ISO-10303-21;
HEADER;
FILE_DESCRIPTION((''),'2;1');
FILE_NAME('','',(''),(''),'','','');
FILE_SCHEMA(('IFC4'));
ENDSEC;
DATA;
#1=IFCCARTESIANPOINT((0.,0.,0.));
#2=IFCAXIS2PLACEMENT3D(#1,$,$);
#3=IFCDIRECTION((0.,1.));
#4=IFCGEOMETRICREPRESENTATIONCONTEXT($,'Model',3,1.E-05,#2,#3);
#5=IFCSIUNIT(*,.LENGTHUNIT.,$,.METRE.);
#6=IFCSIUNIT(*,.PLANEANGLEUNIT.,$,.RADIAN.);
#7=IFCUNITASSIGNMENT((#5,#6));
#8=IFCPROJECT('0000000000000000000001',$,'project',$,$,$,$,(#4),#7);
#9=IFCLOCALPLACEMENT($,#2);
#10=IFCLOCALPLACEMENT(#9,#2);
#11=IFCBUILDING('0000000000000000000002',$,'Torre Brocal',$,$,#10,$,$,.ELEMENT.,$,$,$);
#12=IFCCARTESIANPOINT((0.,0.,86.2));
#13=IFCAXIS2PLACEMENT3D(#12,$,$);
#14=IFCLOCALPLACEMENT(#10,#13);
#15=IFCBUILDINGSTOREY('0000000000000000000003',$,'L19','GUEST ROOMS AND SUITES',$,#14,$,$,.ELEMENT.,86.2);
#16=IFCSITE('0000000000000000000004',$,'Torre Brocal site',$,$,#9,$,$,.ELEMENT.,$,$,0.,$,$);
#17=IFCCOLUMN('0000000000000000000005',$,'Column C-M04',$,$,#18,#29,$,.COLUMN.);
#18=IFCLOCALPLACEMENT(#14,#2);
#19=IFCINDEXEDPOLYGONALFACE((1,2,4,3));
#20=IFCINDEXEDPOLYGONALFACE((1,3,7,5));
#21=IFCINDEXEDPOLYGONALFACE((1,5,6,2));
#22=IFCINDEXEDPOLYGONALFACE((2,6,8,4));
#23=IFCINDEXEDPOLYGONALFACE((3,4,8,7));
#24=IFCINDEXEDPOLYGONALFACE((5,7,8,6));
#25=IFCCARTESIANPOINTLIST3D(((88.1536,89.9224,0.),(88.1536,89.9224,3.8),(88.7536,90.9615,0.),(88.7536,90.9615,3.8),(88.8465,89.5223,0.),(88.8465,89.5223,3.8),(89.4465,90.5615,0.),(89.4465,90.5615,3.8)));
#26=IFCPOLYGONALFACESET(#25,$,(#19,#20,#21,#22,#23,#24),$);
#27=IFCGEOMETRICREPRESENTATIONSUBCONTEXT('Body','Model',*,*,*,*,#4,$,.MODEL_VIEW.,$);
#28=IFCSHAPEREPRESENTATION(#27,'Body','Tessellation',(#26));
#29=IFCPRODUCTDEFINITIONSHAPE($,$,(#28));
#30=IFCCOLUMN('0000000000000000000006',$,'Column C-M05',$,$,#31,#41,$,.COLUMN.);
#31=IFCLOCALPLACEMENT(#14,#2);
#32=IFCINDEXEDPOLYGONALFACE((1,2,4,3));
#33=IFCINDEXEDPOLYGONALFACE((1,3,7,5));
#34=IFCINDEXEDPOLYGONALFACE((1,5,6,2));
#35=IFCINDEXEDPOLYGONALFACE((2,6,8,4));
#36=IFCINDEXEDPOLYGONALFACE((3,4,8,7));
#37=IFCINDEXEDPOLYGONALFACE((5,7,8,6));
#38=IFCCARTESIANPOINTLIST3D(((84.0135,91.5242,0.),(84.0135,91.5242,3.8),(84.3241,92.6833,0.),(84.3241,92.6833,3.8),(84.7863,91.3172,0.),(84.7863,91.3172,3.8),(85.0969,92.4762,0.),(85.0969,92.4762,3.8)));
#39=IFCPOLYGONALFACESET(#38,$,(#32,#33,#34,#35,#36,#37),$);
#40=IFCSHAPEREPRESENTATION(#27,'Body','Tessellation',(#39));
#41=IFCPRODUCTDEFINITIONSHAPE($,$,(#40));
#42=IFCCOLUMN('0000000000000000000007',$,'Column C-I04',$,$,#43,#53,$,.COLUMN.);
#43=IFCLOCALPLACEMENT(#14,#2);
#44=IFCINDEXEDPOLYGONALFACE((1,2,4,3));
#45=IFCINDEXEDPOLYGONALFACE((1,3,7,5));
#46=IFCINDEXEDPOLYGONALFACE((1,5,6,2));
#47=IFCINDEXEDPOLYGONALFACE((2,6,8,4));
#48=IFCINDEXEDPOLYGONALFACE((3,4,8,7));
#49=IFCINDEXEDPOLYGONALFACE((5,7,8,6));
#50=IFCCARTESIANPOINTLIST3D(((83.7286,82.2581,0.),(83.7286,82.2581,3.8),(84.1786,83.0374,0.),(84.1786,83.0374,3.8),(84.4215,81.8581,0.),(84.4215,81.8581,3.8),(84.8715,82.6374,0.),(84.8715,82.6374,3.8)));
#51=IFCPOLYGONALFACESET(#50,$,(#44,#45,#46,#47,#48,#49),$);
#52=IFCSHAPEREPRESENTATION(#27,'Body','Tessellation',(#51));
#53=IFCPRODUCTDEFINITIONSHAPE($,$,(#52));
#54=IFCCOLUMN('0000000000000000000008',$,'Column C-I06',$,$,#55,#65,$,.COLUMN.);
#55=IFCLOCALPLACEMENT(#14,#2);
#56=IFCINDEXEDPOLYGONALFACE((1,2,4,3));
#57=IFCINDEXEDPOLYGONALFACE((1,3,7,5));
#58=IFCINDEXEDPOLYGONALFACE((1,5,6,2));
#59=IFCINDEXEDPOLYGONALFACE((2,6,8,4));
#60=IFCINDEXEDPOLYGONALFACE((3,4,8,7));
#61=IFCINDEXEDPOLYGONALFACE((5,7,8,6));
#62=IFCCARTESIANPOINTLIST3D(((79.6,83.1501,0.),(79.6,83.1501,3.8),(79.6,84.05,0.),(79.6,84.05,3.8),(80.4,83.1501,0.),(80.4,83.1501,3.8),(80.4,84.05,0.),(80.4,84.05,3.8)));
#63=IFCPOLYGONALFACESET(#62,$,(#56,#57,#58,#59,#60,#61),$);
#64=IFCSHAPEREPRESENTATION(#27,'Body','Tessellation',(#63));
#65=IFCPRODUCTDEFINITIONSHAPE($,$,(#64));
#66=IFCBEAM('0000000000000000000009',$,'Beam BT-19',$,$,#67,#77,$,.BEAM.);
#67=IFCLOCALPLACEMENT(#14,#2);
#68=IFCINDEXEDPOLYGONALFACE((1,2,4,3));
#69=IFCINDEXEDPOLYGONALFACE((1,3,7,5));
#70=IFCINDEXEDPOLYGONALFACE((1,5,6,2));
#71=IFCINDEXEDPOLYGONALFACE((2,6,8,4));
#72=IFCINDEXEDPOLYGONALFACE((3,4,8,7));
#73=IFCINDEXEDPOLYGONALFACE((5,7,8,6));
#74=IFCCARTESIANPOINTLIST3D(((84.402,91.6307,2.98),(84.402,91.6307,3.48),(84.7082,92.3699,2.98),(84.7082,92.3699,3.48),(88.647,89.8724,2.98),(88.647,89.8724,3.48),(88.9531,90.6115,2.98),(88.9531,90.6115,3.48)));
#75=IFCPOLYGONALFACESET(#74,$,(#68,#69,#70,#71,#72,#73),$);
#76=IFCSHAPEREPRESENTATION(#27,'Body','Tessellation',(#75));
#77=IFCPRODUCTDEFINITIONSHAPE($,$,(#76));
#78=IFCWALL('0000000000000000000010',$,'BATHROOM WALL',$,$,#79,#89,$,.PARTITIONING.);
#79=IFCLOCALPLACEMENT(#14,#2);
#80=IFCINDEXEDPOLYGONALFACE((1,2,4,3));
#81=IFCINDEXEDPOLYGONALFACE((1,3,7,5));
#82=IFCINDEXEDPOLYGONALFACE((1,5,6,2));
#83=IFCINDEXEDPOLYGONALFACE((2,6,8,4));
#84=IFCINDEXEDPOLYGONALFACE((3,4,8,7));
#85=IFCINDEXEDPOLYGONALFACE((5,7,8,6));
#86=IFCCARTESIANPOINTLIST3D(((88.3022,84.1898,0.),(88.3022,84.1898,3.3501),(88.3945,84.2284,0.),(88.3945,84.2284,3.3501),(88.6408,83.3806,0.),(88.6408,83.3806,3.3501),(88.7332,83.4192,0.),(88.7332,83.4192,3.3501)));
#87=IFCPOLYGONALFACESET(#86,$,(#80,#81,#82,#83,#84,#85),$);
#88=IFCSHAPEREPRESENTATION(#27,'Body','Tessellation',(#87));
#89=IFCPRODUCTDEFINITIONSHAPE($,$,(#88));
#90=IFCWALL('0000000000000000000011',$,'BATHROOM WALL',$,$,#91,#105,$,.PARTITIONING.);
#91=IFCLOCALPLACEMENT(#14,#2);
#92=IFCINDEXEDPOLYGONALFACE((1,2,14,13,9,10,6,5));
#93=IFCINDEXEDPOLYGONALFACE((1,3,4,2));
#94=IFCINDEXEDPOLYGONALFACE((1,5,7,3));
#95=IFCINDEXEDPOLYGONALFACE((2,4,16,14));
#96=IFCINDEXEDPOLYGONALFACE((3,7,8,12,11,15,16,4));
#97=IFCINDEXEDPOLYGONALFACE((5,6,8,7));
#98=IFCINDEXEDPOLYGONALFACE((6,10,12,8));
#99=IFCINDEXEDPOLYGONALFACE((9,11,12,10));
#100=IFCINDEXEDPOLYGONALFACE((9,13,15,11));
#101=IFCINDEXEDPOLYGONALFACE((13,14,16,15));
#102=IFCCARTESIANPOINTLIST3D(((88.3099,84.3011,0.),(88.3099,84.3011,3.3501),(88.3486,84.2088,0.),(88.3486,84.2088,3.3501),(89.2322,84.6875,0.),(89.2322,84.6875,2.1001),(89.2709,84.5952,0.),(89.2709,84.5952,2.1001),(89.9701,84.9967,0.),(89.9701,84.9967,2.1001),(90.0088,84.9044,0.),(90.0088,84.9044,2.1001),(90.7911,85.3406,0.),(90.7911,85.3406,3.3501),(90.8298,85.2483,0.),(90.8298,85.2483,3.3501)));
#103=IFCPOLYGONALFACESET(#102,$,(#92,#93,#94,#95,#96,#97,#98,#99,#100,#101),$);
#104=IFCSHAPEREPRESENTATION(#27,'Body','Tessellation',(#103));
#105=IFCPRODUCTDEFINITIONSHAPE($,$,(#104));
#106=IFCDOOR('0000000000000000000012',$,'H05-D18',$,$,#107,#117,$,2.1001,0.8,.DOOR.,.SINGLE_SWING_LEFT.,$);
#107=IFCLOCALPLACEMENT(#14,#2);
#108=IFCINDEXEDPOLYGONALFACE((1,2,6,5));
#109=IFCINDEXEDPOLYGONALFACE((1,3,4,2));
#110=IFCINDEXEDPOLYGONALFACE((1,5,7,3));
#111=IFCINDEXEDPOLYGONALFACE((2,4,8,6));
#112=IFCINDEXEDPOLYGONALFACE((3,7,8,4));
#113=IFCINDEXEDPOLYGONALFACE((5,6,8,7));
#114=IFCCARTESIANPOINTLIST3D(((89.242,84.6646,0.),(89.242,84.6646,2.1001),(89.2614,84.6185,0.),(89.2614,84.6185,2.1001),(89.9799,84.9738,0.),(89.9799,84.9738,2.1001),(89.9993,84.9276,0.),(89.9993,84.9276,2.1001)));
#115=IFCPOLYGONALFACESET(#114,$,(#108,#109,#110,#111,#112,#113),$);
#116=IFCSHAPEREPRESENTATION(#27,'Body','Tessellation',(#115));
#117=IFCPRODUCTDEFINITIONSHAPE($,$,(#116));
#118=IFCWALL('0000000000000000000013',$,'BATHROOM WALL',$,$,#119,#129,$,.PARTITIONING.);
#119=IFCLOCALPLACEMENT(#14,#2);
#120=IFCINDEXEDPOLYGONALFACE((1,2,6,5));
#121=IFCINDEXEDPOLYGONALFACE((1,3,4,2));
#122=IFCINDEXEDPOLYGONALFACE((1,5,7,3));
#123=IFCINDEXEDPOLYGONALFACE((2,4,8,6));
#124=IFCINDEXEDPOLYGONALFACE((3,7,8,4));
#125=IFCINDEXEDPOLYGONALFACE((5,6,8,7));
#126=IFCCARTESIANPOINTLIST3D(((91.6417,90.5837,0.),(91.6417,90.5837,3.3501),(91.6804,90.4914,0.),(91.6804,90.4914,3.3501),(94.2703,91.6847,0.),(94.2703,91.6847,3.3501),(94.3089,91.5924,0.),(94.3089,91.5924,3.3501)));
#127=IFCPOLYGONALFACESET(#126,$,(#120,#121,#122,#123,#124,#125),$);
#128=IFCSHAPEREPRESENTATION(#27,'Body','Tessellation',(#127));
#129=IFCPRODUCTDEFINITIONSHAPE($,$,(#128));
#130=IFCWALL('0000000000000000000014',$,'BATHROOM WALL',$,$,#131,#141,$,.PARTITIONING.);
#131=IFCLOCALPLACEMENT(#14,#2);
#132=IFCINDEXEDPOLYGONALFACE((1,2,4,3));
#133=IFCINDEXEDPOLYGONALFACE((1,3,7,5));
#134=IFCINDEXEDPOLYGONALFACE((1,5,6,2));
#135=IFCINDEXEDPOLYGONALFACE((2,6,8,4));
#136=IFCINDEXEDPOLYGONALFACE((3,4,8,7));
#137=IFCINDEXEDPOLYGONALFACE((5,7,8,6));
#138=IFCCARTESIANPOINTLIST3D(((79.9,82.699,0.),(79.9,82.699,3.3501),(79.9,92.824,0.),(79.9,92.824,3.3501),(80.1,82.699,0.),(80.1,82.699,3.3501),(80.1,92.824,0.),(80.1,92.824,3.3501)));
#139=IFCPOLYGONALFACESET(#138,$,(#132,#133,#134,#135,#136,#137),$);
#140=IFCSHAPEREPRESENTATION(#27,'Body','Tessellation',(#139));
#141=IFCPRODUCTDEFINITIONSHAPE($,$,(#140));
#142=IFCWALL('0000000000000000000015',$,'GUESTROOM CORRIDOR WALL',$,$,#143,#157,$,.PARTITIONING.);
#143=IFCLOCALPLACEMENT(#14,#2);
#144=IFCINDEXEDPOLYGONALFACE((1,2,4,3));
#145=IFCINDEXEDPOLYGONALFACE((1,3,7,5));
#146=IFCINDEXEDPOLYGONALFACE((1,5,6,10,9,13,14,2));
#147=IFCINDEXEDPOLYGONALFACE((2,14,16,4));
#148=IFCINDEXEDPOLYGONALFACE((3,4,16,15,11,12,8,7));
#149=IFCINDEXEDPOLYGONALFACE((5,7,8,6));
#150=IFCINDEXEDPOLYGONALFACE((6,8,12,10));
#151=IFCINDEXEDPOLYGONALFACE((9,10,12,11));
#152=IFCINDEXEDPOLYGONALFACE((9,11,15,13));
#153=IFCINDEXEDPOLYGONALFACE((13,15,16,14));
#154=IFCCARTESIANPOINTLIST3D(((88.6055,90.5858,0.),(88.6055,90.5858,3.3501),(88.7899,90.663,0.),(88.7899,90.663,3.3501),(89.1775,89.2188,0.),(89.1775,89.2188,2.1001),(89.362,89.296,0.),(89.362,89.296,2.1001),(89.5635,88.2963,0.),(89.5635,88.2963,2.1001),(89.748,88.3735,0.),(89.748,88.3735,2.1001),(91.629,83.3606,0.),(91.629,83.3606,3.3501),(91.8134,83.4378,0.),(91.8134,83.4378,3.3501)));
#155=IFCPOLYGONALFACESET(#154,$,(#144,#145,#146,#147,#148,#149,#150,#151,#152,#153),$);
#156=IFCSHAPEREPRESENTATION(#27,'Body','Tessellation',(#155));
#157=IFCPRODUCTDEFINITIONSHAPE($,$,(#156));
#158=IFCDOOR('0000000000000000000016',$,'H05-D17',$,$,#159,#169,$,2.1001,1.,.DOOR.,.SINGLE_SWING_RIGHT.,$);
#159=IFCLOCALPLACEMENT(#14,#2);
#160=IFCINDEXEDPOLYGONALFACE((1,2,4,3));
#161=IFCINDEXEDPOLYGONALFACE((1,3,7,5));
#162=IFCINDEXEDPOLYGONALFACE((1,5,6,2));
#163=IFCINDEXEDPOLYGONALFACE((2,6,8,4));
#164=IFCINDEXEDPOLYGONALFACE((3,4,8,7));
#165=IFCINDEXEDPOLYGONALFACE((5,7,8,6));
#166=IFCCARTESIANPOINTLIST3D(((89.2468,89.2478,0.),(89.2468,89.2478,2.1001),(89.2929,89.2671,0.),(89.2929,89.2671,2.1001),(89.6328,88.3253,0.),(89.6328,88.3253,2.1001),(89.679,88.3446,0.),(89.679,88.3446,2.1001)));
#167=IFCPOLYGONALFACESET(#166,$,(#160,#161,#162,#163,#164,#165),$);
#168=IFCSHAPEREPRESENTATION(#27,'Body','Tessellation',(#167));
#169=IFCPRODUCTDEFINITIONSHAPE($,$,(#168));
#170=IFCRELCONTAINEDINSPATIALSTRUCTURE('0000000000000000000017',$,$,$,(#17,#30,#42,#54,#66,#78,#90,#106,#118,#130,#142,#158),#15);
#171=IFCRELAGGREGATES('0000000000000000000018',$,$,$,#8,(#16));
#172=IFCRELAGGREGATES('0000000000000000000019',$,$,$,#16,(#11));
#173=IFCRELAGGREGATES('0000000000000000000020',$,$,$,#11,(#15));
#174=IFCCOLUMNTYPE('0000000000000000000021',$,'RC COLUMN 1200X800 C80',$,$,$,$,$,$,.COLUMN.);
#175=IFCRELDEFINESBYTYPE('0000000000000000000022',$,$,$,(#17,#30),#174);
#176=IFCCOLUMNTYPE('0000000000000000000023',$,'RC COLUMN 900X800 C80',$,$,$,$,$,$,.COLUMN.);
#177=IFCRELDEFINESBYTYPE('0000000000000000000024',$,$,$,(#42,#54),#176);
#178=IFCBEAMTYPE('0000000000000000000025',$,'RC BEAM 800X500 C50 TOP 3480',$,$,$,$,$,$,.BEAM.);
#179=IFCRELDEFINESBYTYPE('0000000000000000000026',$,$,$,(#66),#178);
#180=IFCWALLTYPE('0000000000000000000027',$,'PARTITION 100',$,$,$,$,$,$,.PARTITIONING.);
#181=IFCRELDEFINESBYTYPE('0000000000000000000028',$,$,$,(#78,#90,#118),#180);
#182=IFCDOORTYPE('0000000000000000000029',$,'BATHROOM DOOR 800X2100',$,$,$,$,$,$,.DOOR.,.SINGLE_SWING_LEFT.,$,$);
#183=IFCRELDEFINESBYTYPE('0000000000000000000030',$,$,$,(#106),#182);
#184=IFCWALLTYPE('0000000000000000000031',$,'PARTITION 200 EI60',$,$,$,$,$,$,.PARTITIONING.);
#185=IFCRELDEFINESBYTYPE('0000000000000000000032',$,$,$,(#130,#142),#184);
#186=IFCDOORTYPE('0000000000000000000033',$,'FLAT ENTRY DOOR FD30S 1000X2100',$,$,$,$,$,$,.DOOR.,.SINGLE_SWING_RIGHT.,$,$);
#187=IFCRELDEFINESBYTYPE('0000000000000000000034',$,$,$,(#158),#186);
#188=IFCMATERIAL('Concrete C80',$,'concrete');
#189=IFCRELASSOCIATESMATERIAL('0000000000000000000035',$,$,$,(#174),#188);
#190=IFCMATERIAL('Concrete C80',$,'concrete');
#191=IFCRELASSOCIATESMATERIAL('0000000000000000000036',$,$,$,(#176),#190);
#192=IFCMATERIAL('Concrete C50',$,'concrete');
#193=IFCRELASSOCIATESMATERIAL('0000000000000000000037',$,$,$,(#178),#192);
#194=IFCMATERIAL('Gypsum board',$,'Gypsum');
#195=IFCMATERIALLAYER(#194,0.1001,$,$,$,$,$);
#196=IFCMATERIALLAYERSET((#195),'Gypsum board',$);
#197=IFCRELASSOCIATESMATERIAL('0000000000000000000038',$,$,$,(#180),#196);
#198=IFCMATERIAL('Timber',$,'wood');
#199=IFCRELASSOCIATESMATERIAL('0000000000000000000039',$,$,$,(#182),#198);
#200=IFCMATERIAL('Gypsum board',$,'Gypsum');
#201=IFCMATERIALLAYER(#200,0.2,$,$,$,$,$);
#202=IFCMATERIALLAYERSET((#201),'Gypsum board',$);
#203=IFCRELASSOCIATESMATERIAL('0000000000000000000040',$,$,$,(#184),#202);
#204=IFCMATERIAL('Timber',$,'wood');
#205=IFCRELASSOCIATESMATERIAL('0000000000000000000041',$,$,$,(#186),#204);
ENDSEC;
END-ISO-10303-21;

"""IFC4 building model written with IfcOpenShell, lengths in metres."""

from ifc_helpers import new_model, si_unit, direction, frame, frame_2d, origin, origin_2d, place, context, subcontext, project, spatial, rectangle, extrude, material, layer, layer_set, material_profile, profile_set, type_object, element, fill, save


model = new_model("IFC4")

# Units and contexts
model_context = context("Model", 3, precision=1e-05, world=origin(), true_north=direction((0.0, 1.0)))
body_context = subcontext(model_context, "Body", "Model", "MODEL_VIEW")
ifc_project = project(units=[si_unit("LENGTHUNIT", "METRE"), si_unit("PLANEANGLEUNIT", "RADIAN")], contexts=[model_context])

# Site, building, storey
site_placement = place(None, origin())
site = spatial("IfcSite", under=ifc_project, at=site_placement, Name="Torre Brocal site", CompositionType="ELEMENT", RefElevation=0.0)
building_placement = place(site_placement, origin())
building = spatial("IfcBuilding", under=site, at=building_placement, Name="Torre Brocal", CompositionType="ELEMENT")
storey_placement = place(building_placement, frame((0.0, 0.0, 86.2)))
storey = spatial("IfcBuildingStorey", under=building, at=storey_placement, Name="L19", Description="GUEST ROOMS AND SUITES", CompositionType="ELEMENT", Elevation=86.2)

# Columns
ifc_material_1 = material(Name="Concrete C80", Category="concrete")
ifc_material_profile_1 = material_profile(ifc_material_1, rectangle(XDim=1.2, YDim=0.8, at=origin_2d()), Name="RC 1200X800")
ifc_profile_set_1 = profile_set([ifc_material_profile_1], Name="Concrete C80")
column_type_1 = type_object("IfcColumnType", Name="RC COLUMN 1200X800 C80", PredefinedType="COLUMN", material=ifc_profile_set_1)
for number, where, z_axis, x_axis, name in (
    (1, (88.8, 90.2419, 0.0), (0.0, 0.0, 1.0), (0.5, 0.866025, 0.0), "Column C-M04"),
    (2, (84.5552, 92.0002, 0.0), (0.0, 0.0, 1.0), (0.258819, 0.965926, 0.0), "Column C-M05"),
):
    element("IfcColumn", number, at=place(storey_placement, frame(where, z_axis=z_axis, x_axis=x_axis)), inside=storey, type_object=column_type_1, Name=name, PredefinedType="COLUMN", context=body_context, shape_type="SweptSolid", body=[
        extrude(rectangle(XDim=1.2, YDim=0.8, at=origin_2d()), origin(), (0.0, 0.0, 1.0), 3.8),
    ])
ifc_material_2 = material(Name="Concrete C80", Category="concrete")
ifc_material_profile_2 = material_profile(ifc_material_2, rectangle(XDim=0.8999, YDim=0.8, at=origin_2d()), Name="RC 900X800")
ifc_profile_set_2 = profile_set([ifc_material_profile_2], Name="Concrete C80")
column_type_2 = type_object("IfcColumnType", Name="RC COLUMN 900X800 C80", PredefinedType="COLUMN", material=ifc_profile_set_2)
for number, where, z_axis, x_axis, name in (
    (3, (84.3, 82.4478, 0.0), (0.0, 0.0, 1.0), (0.5, 0.866025, 0.0), "Column C-I04"),
    (4, (80.0, 83.6001, 0.0), (0.0, 0.0, 1.0), (0.0, 1.0, 0.0), "Column C-I06"),
):
    element("IfcColumn", number, at=place(storey_placement, frame(where, z_axis=z_axis, x_axis=x_axis)), inside=storey, type_object=column_type_2, Name=name, PredefinedType="COLUMN", context=body_context, shape_type="SweptSolid", body=[
        extrude(rectangle(XDim=0.8999, YDim=0.8, at=origin_2d()), origin(), (0.0, 0.0, 1.0), 3.8),
    ])

# Beam
ifc_material_3 = material(Name="Concrete C50", Category="concrete")
ifc_material_profile_3 = material_profile(ifc_material_3, rectangle(XDim=0.8, YDim=0.5, at=origin_2d()), Name="RC 800X500")
ifc_profile_set_3 = profile_set([ifc_material_profile_3], Name="Concrete C50")
beam_type = type_object("IfcBeamType", Name="RC BEAM 800X500 C50 TOP 3480", PredefinedType="BEAM", material=ifc_profile_set_3)
beam_placement = place(storey_placement, frame((88.8, 90.2419, 3.23), z_axis=(-0.923878, 0.382687, 0.0), x_axis=(-0.382687, -0.923878, 0.0)))
element("IfcBeam", 5, at=beam_placement, inside=storey, type_object=beam_type, Name="Beam BT-19", PredefinedType="BEAM", context=body_context, shape_type="SweptSolid", body=[
    extrude(rectangle(XDim=0.8, YDim=0.5, at=origin_2d()), origin(), (0.0, 0.0, 1.0), 4.5947),
])

# Wall
ifc_material_4 = material(Name="Gypsum board", Category="Gypsum")
ifc_layer_1 = layer(ifc_material_4, 0.1001)
ifc_layer_set_1 = layer_set([ifc_layer_1], Name="Gypsum board")
wall_type_1 = type_object("IfcWallType", Name="PARTITION 100", PredefinedType="PARTITIONING", material=ifc_layer_set_1)
wall_1_placement = place(storey_placement, frame((88.3484, 84.209, 0.0), z_axis=(0.0, 0.0, 1.0), x_axis=(0.386077, -0.922466, 0.0)))
element("IfcWall", 6, at=wall_1_placement, inside=storey, type_object=wall_type_1, Name="BATHROOM WALL", PredefinedType="PARTITIONING", context=body_context, shape_type="SweptSolid", body=[
    extrude(rectangle(XDim=0.8772, YDim=0.1001, at=frame_2d((0.4385, 0.0))), origin(), (0.0, 0.0, 1.0), 3.3501),
])

# Wall, opening, door
wall_2_placement = place(storey_placement, frame((88.3291, 84.2549, 0.0), z_axis=(0.0, 0.0, 1.0), x_axis=(0.922321, 0.386425, 0.0)))
wall_2 = element("IfcWall", 7, at=wall_2_placement, inside=storey, type_object=wall_type_1, Name="BATHROOM WALL", PredefinedType="PARTITIONING", context=body_context, shape_type="SweptSolid", body=[
    extrude(rectangle(XDim=2.6902, YDim=0.1001, at=frame_2d((1.3452, 0.0))), origin(), (0.0, 0.0, 1.0), 3.3501),
])
opening_1_placement = place(wall_2_placement, frame((1.0002, 0.0, 0.0)))
opening_1 = element("IfcOpeningElement", 8, at=opening_1_placement, cuts=wall_2, PredefinedType="OPENING", context=body_context, shape_type="SweptSolid", body=[
    extrude(rectangle(XDim=0.8, YDim=2.1001, at=frame_2d((0.3999, 1.05))), frame((0.0, 0.0601, 0.0), z_axis=(0.0, -1.0, 0.0), x_axis=(1.0, 0.0, 0.0)), (0.0, 0.0, 1.0), 0.1201),
])
ifc_material_5 = material(Name="Timber", Category="wood")
door_type_1 = type_object("IfcDoorType", Name="BATHROOM DOOR 800X2100", OperationType="SINGLE_SWING_LEFT", PredefinedType="DOOR", material=ifc_material_5)
door_1_placement = place(opening_1_placement, frame((0.8, 0.0, 0.0), z_axis=(0.0, 0.0, 1.0), x_axis=(-1.0, 0.0, 0.0)))
door_1 = element("IfcDoor", 9, at=door_1_placement, inside=storey, type_object=door_type_1, Name="H05-D18", OperationType="SINGLE_SWING_LEFT", OverallHeight=2.1001, OverallWidth=0.8, PredefinedType="DOOR", context=body_context, shape_type="SweptSolid", body=[
    extrude(rectangle(XDim=0.8, YDim=2.1001, at=frame_2d((0.3999, 1.05))), frame((0.0, 0.0249, 0.0), z_axis=(0.0, -1.0, 0.0), x_axis=(1.0, 0.0, 0.0)), (0.0, 0.0, 1.0), 0.05),
])
fill(opening_1, door_1)

# Walls
wall_3_placement = place(storey_placement, frame((91.6611, 90.5376, 0.0), z_axis=(0.0, 0.0, 1.0), x_axis=(0.922353, 0.386348, 0.0)))
element("IfcWall", 10, at=wall_3_placement, inside=storey, type_object=wall_type_1, Name="BATHROOM WALL", PredefinedType="PARTITIONING", context=body_context, shape_type="SweptSolid", body=[
    extrude(rectangle(XDim=2.8499, YDim=0.1001, at=frame_2d((1.4248, 0.0))), origin(), (0.0, 0.0, 1.0), 3.3501),
])
ifc_material_6 = material(Name="Gypsum board", Category="Gypsum")
ifc_layer_2 = layer(ifc_material_6, 0.2)
ifc_layer_set_2 = layer_set([ifc_layer_2], Name="Gypsum board")
wall_type_2 = type_object("IfcWallType", Name="PARTITION 200 EI60", PredefinedType="PARTITIONING", material=ifc_layer_set_2)
wall_4_placement = place(storey_placement, frame((80.0, 82.699, 0.0), z_axis=(0.0, 0.0, 1.0), x_axis=(0.0, 1.0, 0.0)))
element("IfcWall", 11, at=wall_4_placement, inside=storey, type_object=wall_type_2, Name="BATHROOM WALL", PredefinedType="PARTITIONING", context=body_context, shape_type="SweptSolid", body=[
    extrude(rectangle(XDim=10.125, YDim=0.2, at=frame_2d((5.0625, 0.0))), origin(), (0.0, 0.0, 1.0), 3.3501),
])

# Wall, opening, door
wall_5_placement = place(storey_placement, frame((88.6978, 90.6243, 0.0), z_axis=(0.0, 0.0, 1.0), x_axis=(0.386027, -0.922487, 0.0)))
wall_5 = element("IfcWall", 12, at=wall_5_placement, inside=storey, type_object=wall_type_2, Name="GUESTROOM CORRIDOR WALL", PredefinedType="PARTITIONING", context=body_context, shape_type="SweptSolid", body=[
    extrude(rectangle(XDim=7.8323, YDim=0.2, at=frame_2d((3.916, 0.0))), origin(), (0.0, 0.0, 1.0), 3.3501),
])
opening_2_placement = place(wall_5_placement, frame((1.4817, 0.0, 0.0)))
opening_2 = element("IfcOpeningElement", 13, at=opening_2_placement, cuts=wall_5, PredefinedType="OPENING", context=body_context, shape_type="SweptSolid", body=[
    extrude(rectangle(XDim=1.0, YDim=2.1001, at=frame_2d((0.5, 1.05))), frame((0.0, 0.1099, 0.0), z_axis=(0.0, -1.0, 0.0), x_axis=(1.0, 0.0, 0.0)), (0.0, 0.0, 1.0), 0.22),
])
ifc_material_7 = material(Name="Timber", Category="wood")
door_type_2 = type_object("IfcDoorType", Name="FLAT ENTRY DOOR FD30S 1000X2100", OperationType="SINGLE_SWING_RIGHT", PredefinedType="DOOR", material=ifc_material_7)
door_2_placement = place(opening_2_placement, frame((1.0, 0.0, 0.0), z_axis=(0.0, 0.0, 1.0), x_axis=(-1.0, 0.0, 0.0)))
door_2 = element("IfcDoor", 14, at=door_2_placement, inside=storey, type_object=door_type_2, Name="H05-D17", OperationType="SINGLE_SWING_RIGHT", OverallHeight=2.1001, OverallWidth=1.0, PredefinedType="DOOR", context=body_context, shape_type="SweptSolid", body=[
    extrude(rectangle(XDim=1.0, YDim=2.1001, at=frame_2d((0.5, 1.05))), frame((0.0, 0.0249, 0.0), z_axis=(0.0, -1.0, 0.0), x_axis=(1.0, 0.0, 0.0)), (0.0, 0.0, 1.0), 0.05),
])
fill(opening_2, door_2)

save(model, "model.ifc")
